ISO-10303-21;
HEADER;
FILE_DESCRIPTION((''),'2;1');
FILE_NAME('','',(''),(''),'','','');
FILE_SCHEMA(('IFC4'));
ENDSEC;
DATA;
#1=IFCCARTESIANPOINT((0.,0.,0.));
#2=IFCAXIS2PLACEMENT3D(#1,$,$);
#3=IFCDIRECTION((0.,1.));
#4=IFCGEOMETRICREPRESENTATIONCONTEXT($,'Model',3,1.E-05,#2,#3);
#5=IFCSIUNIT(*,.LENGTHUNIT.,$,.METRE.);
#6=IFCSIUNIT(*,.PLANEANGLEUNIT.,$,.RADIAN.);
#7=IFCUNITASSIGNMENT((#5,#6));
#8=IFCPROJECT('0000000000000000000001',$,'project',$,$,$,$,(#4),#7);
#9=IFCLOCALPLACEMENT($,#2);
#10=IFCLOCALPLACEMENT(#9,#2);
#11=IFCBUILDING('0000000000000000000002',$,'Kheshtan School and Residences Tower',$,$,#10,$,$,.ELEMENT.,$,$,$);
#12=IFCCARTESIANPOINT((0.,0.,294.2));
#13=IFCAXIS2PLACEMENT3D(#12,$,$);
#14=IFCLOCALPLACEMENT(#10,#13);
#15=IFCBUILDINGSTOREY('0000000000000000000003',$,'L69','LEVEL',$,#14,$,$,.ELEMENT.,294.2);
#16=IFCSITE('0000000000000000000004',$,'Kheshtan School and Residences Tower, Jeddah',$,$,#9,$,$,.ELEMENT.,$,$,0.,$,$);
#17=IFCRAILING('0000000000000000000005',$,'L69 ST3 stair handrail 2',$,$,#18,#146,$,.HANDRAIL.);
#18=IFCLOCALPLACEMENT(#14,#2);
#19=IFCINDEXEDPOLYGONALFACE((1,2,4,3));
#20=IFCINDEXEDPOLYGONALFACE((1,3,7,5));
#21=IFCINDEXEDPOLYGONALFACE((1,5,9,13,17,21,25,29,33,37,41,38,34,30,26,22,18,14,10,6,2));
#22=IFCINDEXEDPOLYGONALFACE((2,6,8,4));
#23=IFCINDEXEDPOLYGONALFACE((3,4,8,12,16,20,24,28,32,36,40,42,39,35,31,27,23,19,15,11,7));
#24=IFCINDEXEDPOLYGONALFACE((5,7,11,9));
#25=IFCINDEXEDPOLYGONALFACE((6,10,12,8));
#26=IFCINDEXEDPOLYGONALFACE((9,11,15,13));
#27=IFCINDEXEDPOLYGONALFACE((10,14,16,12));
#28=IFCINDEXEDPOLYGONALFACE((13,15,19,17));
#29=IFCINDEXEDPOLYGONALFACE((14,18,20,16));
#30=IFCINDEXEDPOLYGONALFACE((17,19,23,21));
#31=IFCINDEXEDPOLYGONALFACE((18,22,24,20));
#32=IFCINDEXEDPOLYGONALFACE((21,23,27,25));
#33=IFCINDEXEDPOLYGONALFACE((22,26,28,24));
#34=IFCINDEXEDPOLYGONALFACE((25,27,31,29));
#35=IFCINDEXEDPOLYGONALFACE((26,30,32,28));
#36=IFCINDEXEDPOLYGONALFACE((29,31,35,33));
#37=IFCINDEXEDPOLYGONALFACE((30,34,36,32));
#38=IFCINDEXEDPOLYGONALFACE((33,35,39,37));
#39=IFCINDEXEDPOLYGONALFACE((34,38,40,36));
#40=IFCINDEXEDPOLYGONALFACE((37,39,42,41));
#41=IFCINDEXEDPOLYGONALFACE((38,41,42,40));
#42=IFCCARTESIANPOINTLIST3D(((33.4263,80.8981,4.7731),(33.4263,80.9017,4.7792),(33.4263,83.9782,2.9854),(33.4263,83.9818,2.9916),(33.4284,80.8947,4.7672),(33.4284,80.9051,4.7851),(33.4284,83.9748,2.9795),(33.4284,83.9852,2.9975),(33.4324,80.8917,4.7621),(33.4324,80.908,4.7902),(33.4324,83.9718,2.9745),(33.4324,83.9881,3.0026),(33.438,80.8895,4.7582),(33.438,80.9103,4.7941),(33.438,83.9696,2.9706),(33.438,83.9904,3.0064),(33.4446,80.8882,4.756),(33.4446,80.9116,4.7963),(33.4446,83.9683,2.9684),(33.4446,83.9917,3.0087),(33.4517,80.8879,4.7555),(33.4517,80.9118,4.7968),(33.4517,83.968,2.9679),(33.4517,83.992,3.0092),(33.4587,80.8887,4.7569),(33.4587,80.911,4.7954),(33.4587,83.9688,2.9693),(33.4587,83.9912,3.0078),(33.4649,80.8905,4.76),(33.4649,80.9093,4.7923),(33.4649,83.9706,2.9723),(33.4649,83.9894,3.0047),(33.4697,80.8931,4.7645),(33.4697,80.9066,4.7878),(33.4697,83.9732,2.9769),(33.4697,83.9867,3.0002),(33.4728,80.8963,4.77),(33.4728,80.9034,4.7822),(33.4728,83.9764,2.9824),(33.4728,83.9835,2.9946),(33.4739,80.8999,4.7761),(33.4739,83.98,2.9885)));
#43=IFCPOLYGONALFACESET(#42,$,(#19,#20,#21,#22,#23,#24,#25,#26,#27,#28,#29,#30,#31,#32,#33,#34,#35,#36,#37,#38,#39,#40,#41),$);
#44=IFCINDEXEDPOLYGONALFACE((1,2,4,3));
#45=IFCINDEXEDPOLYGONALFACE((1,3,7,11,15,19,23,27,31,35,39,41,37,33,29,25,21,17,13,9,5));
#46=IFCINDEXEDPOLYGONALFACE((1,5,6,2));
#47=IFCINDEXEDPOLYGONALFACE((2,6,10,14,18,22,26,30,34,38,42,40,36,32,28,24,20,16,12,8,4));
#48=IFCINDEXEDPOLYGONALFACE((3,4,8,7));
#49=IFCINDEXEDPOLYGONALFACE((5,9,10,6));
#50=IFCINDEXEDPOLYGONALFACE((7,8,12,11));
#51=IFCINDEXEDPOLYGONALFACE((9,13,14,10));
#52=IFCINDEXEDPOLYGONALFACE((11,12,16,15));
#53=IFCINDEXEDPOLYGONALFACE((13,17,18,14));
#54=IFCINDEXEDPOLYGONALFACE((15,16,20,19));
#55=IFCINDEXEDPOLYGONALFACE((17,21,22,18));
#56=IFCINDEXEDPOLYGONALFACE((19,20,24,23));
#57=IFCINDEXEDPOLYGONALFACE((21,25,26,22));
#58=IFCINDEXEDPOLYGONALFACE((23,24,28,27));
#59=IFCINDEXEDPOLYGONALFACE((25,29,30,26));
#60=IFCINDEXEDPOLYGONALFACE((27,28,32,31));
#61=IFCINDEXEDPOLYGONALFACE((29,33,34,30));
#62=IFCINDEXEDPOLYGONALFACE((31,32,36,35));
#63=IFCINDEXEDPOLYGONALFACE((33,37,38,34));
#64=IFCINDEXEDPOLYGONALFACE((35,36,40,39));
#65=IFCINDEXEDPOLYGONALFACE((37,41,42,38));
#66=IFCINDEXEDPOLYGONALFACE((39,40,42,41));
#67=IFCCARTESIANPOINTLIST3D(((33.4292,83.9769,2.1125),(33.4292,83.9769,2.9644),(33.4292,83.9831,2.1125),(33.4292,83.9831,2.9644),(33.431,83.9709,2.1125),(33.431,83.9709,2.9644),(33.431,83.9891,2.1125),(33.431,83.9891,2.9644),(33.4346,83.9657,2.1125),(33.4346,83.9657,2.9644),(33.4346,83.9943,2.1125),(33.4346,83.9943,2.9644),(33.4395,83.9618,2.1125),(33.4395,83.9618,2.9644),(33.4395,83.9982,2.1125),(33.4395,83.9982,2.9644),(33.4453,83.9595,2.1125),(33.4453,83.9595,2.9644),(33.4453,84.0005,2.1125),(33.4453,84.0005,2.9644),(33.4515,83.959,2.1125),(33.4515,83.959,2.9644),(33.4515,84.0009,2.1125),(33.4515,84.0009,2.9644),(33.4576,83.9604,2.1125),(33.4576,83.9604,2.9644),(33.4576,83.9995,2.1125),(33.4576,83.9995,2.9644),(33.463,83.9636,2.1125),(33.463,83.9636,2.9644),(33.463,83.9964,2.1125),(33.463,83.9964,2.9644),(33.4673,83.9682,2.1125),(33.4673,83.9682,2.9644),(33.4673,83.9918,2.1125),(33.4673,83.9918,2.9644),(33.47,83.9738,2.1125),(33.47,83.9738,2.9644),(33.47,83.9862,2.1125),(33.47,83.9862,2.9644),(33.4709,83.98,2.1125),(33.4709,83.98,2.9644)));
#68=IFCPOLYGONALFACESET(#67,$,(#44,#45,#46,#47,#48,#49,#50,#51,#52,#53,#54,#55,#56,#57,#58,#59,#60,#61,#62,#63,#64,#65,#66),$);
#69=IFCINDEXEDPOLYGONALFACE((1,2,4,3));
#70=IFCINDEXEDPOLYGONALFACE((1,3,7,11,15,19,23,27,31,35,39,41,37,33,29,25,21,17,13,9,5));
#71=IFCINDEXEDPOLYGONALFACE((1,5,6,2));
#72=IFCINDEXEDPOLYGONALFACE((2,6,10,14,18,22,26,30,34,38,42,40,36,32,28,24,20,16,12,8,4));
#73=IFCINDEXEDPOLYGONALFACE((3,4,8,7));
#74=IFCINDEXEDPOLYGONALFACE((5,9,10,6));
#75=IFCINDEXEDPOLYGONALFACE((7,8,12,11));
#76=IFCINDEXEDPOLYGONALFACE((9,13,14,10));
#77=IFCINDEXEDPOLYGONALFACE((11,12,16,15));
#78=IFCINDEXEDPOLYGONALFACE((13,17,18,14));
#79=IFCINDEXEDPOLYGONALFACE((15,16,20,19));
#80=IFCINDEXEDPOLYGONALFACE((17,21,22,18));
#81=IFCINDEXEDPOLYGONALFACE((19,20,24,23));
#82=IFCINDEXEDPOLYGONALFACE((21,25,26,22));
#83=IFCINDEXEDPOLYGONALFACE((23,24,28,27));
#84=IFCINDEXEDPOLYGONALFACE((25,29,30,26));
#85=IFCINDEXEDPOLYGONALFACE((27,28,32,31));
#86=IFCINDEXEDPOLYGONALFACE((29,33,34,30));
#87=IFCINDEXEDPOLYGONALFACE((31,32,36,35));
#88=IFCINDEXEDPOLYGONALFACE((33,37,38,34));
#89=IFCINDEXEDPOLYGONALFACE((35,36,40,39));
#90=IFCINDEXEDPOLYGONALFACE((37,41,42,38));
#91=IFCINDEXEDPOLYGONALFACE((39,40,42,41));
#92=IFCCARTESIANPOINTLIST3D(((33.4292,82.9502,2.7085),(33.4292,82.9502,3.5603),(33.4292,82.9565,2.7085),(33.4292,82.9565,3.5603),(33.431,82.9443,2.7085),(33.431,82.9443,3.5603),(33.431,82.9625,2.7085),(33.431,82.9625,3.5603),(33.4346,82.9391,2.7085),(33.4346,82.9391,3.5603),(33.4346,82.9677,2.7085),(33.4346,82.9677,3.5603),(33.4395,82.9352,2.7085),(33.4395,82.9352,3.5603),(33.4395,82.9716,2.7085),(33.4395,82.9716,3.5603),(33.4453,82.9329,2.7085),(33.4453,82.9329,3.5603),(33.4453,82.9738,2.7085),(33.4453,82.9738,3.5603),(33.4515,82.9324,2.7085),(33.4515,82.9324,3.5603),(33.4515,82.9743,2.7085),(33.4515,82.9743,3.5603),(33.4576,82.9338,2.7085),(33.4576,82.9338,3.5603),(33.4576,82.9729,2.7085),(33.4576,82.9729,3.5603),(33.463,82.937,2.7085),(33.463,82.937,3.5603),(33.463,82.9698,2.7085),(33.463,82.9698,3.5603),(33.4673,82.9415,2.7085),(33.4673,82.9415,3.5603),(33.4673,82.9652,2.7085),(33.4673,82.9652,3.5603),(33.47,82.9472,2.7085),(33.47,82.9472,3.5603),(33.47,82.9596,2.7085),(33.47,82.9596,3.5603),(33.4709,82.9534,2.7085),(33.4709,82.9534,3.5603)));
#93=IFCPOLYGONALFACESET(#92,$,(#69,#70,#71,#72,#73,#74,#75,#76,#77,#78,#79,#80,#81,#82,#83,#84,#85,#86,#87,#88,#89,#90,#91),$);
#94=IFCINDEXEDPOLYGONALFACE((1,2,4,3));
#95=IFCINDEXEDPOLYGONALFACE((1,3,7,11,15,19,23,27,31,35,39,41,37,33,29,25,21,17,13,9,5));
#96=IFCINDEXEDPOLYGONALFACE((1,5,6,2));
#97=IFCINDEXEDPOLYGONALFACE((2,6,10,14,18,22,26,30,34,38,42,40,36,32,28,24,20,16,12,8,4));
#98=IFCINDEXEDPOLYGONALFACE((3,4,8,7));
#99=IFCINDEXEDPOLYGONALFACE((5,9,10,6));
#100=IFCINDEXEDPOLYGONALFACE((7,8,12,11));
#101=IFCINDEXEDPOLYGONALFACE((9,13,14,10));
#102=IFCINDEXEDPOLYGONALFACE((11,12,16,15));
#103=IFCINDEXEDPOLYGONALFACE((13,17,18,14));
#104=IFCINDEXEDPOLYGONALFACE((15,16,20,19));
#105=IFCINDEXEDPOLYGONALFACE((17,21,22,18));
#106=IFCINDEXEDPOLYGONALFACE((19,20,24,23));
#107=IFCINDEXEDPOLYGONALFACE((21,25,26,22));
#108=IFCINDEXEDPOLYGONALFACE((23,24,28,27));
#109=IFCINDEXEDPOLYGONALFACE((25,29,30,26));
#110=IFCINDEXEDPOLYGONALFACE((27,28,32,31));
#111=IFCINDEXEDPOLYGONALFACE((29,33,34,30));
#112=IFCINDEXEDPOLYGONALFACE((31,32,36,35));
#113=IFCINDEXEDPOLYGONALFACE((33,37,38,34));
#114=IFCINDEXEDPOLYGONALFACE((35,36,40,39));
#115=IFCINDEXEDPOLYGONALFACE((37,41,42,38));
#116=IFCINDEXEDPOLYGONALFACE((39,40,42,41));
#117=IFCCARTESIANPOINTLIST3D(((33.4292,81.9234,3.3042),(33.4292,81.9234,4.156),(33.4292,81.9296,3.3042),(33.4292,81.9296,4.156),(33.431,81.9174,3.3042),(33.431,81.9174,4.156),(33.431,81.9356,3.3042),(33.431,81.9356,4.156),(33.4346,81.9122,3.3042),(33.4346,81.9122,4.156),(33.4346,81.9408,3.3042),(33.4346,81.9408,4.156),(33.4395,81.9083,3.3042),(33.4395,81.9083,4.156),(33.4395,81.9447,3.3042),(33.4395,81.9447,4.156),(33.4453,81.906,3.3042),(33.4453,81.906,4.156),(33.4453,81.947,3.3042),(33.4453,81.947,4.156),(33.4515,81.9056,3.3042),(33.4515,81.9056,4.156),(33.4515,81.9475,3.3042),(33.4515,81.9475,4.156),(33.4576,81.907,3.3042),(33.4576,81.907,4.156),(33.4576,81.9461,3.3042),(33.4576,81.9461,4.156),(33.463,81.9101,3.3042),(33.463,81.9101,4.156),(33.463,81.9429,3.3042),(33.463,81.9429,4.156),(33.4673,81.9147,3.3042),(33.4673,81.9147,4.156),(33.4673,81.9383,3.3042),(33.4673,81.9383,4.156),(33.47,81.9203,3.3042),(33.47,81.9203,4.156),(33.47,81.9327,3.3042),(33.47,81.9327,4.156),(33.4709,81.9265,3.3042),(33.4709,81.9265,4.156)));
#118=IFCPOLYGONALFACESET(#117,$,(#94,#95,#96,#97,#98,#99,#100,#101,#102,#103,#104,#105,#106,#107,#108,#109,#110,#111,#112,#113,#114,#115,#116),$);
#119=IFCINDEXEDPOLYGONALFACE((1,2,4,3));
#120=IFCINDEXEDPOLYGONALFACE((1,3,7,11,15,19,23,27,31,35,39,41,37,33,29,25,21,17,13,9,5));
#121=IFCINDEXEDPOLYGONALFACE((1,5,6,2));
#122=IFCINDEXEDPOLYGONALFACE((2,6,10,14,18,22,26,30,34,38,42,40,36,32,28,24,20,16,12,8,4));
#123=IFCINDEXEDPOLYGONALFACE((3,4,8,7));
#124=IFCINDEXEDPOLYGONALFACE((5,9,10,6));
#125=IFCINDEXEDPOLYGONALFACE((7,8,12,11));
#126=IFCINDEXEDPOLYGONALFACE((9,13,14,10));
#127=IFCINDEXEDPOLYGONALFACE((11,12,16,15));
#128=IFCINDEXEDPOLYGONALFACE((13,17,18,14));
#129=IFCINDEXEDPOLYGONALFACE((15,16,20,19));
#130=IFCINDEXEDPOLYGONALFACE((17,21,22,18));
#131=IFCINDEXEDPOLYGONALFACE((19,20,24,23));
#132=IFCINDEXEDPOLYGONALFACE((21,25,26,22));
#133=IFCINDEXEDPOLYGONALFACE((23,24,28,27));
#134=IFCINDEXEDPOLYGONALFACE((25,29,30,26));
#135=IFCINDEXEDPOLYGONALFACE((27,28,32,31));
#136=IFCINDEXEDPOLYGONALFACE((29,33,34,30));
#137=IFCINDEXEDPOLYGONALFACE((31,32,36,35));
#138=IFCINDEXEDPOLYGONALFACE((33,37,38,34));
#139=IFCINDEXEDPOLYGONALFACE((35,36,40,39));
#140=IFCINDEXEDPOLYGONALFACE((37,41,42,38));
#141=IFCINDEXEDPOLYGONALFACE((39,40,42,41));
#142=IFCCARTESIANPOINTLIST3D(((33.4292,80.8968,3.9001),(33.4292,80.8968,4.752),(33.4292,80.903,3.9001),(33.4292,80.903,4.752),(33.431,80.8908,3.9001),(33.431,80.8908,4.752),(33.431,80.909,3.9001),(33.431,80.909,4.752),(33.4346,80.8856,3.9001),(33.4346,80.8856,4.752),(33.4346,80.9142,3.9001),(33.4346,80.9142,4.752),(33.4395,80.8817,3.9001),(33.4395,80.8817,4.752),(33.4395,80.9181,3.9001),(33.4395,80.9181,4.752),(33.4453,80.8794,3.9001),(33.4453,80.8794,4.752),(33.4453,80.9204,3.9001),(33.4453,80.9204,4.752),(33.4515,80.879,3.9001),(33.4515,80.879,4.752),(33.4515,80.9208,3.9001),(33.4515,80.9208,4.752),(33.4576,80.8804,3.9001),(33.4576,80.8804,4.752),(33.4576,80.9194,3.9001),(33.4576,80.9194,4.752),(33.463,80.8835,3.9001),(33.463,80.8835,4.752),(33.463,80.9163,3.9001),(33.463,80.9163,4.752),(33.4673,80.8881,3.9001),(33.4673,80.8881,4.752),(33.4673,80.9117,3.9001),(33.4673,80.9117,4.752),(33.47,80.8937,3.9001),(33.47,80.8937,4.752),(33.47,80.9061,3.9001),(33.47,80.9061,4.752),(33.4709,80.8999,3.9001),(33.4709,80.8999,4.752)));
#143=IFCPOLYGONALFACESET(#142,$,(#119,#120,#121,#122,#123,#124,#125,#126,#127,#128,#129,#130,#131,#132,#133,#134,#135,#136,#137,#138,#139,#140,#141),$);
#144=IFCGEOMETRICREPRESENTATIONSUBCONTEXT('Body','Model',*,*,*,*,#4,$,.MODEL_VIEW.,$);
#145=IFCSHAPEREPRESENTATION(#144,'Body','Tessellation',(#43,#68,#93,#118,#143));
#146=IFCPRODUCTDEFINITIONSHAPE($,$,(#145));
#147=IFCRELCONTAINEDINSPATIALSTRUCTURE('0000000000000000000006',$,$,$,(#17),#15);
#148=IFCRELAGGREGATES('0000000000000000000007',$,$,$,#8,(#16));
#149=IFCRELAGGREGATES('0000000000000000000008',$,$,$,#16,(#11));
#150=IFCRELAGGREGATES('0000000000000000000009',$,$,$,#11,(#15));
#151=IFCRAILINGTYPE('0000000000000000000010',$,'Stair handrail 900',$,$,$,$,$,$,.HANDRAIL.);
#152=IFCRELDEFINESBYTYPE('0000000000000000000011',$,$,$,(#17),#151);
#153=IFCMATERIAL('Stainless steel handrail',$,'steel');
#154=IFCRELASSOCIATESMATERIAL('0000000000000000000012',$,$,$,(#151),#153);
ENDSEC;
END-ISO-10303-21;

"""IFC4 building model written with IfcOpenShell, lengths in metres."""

from ifc_helpers import new_model, si_unit, direction, frame, origin, origin_2d, place, context, subcontext, project, spatial, circle, extrude, material, type_object, element, save


model = new_model("IFC4")

# Units and contexts
model_context = context("Model", 3, precision=1e-05, world=origin(), true_north=direction((0.0, 1.0)))
body_context = subcontext(model_context, "Body", "Model", "MODEL_VIEW")
ifc_project = project(units=[si_unit("LENGTHUNIT", "METRE"), si_unit("PLANEANGLEUNIT", "RADIAN")], contexts=[model_context])

# Site, building, storey
site_placement = place(None, origin())
site = spatial("IfcSite", under=ifc_project, at=site_placement, Name="Kheshtan School and Residences Tower, Jeddah", CompositionType="ELEMENT", RefElevation=0.0)
building_placement = place(site_placement, origin())
building = spatial("IfcBuilding", under=site, at=building_placement, Name="Kheshtan School and Residences Tower", CompositionType="ELEMENT")
storey_placement = place(building_placement, frame((0.0, 0.0, 294.2)))
storey = spatial("IfcBuildingStorey", under=building, at=storey_placement, Name="L69", Description="LEVEL", CompositionType="ELEMENT", Elevation=294.2)

# Railing
ifc_material_1 = material(Name="Stainless steel handrail", Category="steel")
railing_type_1 = type_object("IfcRailingType", Name="Stair handrail 900", PredefinedType="HANDRAIL", material=ifc_material_1)
railing_1_placement = place(storey_placement, frame((33.45, 83.98, 2.1125)))
element("IfcRailing", 1, at=railing_1_placement, inside=storey, type_object=railing_type_1, Name="L69 ST3 stair handrail 2", PredefinedType="HANDRAIL", context=body_context, shape_type="SweptSolid", body=[
    extrude(circle(Radius=0.0239, at=origin_2d()), frame((0.0, 0.0, 0.876), z_axis=(0.0, -0.864891, 0.50196), x_axis=(1.0, 0.0, 0.0)), (0.0, 0.0, 1.0), 3.5613),
    extrude(circle(Radius=0.021, at=origin_2d()), origin(), (0.0, 0.0, 1.0), 0.8518),
    extrude(circle(Radius=0.021, at=origin_2d()), frame((0.0, -1.0266, 0.5959)), (0.0, 0.0, 1.0), 0.8518),
    extrude(circle(Radius=0.021, at=origin_2d()), frame((0.0, -2.0535, 1.1917)), (0.0, 0.0, 1.0), 0.8518),
    extrude(circle(Radius=0.021, at=origin_2d()), frame((0.0, -3.0801, 1.7876)), (0.0, 0.0, 1.0), 0.8518),
])

save(model, "model.ifc")
